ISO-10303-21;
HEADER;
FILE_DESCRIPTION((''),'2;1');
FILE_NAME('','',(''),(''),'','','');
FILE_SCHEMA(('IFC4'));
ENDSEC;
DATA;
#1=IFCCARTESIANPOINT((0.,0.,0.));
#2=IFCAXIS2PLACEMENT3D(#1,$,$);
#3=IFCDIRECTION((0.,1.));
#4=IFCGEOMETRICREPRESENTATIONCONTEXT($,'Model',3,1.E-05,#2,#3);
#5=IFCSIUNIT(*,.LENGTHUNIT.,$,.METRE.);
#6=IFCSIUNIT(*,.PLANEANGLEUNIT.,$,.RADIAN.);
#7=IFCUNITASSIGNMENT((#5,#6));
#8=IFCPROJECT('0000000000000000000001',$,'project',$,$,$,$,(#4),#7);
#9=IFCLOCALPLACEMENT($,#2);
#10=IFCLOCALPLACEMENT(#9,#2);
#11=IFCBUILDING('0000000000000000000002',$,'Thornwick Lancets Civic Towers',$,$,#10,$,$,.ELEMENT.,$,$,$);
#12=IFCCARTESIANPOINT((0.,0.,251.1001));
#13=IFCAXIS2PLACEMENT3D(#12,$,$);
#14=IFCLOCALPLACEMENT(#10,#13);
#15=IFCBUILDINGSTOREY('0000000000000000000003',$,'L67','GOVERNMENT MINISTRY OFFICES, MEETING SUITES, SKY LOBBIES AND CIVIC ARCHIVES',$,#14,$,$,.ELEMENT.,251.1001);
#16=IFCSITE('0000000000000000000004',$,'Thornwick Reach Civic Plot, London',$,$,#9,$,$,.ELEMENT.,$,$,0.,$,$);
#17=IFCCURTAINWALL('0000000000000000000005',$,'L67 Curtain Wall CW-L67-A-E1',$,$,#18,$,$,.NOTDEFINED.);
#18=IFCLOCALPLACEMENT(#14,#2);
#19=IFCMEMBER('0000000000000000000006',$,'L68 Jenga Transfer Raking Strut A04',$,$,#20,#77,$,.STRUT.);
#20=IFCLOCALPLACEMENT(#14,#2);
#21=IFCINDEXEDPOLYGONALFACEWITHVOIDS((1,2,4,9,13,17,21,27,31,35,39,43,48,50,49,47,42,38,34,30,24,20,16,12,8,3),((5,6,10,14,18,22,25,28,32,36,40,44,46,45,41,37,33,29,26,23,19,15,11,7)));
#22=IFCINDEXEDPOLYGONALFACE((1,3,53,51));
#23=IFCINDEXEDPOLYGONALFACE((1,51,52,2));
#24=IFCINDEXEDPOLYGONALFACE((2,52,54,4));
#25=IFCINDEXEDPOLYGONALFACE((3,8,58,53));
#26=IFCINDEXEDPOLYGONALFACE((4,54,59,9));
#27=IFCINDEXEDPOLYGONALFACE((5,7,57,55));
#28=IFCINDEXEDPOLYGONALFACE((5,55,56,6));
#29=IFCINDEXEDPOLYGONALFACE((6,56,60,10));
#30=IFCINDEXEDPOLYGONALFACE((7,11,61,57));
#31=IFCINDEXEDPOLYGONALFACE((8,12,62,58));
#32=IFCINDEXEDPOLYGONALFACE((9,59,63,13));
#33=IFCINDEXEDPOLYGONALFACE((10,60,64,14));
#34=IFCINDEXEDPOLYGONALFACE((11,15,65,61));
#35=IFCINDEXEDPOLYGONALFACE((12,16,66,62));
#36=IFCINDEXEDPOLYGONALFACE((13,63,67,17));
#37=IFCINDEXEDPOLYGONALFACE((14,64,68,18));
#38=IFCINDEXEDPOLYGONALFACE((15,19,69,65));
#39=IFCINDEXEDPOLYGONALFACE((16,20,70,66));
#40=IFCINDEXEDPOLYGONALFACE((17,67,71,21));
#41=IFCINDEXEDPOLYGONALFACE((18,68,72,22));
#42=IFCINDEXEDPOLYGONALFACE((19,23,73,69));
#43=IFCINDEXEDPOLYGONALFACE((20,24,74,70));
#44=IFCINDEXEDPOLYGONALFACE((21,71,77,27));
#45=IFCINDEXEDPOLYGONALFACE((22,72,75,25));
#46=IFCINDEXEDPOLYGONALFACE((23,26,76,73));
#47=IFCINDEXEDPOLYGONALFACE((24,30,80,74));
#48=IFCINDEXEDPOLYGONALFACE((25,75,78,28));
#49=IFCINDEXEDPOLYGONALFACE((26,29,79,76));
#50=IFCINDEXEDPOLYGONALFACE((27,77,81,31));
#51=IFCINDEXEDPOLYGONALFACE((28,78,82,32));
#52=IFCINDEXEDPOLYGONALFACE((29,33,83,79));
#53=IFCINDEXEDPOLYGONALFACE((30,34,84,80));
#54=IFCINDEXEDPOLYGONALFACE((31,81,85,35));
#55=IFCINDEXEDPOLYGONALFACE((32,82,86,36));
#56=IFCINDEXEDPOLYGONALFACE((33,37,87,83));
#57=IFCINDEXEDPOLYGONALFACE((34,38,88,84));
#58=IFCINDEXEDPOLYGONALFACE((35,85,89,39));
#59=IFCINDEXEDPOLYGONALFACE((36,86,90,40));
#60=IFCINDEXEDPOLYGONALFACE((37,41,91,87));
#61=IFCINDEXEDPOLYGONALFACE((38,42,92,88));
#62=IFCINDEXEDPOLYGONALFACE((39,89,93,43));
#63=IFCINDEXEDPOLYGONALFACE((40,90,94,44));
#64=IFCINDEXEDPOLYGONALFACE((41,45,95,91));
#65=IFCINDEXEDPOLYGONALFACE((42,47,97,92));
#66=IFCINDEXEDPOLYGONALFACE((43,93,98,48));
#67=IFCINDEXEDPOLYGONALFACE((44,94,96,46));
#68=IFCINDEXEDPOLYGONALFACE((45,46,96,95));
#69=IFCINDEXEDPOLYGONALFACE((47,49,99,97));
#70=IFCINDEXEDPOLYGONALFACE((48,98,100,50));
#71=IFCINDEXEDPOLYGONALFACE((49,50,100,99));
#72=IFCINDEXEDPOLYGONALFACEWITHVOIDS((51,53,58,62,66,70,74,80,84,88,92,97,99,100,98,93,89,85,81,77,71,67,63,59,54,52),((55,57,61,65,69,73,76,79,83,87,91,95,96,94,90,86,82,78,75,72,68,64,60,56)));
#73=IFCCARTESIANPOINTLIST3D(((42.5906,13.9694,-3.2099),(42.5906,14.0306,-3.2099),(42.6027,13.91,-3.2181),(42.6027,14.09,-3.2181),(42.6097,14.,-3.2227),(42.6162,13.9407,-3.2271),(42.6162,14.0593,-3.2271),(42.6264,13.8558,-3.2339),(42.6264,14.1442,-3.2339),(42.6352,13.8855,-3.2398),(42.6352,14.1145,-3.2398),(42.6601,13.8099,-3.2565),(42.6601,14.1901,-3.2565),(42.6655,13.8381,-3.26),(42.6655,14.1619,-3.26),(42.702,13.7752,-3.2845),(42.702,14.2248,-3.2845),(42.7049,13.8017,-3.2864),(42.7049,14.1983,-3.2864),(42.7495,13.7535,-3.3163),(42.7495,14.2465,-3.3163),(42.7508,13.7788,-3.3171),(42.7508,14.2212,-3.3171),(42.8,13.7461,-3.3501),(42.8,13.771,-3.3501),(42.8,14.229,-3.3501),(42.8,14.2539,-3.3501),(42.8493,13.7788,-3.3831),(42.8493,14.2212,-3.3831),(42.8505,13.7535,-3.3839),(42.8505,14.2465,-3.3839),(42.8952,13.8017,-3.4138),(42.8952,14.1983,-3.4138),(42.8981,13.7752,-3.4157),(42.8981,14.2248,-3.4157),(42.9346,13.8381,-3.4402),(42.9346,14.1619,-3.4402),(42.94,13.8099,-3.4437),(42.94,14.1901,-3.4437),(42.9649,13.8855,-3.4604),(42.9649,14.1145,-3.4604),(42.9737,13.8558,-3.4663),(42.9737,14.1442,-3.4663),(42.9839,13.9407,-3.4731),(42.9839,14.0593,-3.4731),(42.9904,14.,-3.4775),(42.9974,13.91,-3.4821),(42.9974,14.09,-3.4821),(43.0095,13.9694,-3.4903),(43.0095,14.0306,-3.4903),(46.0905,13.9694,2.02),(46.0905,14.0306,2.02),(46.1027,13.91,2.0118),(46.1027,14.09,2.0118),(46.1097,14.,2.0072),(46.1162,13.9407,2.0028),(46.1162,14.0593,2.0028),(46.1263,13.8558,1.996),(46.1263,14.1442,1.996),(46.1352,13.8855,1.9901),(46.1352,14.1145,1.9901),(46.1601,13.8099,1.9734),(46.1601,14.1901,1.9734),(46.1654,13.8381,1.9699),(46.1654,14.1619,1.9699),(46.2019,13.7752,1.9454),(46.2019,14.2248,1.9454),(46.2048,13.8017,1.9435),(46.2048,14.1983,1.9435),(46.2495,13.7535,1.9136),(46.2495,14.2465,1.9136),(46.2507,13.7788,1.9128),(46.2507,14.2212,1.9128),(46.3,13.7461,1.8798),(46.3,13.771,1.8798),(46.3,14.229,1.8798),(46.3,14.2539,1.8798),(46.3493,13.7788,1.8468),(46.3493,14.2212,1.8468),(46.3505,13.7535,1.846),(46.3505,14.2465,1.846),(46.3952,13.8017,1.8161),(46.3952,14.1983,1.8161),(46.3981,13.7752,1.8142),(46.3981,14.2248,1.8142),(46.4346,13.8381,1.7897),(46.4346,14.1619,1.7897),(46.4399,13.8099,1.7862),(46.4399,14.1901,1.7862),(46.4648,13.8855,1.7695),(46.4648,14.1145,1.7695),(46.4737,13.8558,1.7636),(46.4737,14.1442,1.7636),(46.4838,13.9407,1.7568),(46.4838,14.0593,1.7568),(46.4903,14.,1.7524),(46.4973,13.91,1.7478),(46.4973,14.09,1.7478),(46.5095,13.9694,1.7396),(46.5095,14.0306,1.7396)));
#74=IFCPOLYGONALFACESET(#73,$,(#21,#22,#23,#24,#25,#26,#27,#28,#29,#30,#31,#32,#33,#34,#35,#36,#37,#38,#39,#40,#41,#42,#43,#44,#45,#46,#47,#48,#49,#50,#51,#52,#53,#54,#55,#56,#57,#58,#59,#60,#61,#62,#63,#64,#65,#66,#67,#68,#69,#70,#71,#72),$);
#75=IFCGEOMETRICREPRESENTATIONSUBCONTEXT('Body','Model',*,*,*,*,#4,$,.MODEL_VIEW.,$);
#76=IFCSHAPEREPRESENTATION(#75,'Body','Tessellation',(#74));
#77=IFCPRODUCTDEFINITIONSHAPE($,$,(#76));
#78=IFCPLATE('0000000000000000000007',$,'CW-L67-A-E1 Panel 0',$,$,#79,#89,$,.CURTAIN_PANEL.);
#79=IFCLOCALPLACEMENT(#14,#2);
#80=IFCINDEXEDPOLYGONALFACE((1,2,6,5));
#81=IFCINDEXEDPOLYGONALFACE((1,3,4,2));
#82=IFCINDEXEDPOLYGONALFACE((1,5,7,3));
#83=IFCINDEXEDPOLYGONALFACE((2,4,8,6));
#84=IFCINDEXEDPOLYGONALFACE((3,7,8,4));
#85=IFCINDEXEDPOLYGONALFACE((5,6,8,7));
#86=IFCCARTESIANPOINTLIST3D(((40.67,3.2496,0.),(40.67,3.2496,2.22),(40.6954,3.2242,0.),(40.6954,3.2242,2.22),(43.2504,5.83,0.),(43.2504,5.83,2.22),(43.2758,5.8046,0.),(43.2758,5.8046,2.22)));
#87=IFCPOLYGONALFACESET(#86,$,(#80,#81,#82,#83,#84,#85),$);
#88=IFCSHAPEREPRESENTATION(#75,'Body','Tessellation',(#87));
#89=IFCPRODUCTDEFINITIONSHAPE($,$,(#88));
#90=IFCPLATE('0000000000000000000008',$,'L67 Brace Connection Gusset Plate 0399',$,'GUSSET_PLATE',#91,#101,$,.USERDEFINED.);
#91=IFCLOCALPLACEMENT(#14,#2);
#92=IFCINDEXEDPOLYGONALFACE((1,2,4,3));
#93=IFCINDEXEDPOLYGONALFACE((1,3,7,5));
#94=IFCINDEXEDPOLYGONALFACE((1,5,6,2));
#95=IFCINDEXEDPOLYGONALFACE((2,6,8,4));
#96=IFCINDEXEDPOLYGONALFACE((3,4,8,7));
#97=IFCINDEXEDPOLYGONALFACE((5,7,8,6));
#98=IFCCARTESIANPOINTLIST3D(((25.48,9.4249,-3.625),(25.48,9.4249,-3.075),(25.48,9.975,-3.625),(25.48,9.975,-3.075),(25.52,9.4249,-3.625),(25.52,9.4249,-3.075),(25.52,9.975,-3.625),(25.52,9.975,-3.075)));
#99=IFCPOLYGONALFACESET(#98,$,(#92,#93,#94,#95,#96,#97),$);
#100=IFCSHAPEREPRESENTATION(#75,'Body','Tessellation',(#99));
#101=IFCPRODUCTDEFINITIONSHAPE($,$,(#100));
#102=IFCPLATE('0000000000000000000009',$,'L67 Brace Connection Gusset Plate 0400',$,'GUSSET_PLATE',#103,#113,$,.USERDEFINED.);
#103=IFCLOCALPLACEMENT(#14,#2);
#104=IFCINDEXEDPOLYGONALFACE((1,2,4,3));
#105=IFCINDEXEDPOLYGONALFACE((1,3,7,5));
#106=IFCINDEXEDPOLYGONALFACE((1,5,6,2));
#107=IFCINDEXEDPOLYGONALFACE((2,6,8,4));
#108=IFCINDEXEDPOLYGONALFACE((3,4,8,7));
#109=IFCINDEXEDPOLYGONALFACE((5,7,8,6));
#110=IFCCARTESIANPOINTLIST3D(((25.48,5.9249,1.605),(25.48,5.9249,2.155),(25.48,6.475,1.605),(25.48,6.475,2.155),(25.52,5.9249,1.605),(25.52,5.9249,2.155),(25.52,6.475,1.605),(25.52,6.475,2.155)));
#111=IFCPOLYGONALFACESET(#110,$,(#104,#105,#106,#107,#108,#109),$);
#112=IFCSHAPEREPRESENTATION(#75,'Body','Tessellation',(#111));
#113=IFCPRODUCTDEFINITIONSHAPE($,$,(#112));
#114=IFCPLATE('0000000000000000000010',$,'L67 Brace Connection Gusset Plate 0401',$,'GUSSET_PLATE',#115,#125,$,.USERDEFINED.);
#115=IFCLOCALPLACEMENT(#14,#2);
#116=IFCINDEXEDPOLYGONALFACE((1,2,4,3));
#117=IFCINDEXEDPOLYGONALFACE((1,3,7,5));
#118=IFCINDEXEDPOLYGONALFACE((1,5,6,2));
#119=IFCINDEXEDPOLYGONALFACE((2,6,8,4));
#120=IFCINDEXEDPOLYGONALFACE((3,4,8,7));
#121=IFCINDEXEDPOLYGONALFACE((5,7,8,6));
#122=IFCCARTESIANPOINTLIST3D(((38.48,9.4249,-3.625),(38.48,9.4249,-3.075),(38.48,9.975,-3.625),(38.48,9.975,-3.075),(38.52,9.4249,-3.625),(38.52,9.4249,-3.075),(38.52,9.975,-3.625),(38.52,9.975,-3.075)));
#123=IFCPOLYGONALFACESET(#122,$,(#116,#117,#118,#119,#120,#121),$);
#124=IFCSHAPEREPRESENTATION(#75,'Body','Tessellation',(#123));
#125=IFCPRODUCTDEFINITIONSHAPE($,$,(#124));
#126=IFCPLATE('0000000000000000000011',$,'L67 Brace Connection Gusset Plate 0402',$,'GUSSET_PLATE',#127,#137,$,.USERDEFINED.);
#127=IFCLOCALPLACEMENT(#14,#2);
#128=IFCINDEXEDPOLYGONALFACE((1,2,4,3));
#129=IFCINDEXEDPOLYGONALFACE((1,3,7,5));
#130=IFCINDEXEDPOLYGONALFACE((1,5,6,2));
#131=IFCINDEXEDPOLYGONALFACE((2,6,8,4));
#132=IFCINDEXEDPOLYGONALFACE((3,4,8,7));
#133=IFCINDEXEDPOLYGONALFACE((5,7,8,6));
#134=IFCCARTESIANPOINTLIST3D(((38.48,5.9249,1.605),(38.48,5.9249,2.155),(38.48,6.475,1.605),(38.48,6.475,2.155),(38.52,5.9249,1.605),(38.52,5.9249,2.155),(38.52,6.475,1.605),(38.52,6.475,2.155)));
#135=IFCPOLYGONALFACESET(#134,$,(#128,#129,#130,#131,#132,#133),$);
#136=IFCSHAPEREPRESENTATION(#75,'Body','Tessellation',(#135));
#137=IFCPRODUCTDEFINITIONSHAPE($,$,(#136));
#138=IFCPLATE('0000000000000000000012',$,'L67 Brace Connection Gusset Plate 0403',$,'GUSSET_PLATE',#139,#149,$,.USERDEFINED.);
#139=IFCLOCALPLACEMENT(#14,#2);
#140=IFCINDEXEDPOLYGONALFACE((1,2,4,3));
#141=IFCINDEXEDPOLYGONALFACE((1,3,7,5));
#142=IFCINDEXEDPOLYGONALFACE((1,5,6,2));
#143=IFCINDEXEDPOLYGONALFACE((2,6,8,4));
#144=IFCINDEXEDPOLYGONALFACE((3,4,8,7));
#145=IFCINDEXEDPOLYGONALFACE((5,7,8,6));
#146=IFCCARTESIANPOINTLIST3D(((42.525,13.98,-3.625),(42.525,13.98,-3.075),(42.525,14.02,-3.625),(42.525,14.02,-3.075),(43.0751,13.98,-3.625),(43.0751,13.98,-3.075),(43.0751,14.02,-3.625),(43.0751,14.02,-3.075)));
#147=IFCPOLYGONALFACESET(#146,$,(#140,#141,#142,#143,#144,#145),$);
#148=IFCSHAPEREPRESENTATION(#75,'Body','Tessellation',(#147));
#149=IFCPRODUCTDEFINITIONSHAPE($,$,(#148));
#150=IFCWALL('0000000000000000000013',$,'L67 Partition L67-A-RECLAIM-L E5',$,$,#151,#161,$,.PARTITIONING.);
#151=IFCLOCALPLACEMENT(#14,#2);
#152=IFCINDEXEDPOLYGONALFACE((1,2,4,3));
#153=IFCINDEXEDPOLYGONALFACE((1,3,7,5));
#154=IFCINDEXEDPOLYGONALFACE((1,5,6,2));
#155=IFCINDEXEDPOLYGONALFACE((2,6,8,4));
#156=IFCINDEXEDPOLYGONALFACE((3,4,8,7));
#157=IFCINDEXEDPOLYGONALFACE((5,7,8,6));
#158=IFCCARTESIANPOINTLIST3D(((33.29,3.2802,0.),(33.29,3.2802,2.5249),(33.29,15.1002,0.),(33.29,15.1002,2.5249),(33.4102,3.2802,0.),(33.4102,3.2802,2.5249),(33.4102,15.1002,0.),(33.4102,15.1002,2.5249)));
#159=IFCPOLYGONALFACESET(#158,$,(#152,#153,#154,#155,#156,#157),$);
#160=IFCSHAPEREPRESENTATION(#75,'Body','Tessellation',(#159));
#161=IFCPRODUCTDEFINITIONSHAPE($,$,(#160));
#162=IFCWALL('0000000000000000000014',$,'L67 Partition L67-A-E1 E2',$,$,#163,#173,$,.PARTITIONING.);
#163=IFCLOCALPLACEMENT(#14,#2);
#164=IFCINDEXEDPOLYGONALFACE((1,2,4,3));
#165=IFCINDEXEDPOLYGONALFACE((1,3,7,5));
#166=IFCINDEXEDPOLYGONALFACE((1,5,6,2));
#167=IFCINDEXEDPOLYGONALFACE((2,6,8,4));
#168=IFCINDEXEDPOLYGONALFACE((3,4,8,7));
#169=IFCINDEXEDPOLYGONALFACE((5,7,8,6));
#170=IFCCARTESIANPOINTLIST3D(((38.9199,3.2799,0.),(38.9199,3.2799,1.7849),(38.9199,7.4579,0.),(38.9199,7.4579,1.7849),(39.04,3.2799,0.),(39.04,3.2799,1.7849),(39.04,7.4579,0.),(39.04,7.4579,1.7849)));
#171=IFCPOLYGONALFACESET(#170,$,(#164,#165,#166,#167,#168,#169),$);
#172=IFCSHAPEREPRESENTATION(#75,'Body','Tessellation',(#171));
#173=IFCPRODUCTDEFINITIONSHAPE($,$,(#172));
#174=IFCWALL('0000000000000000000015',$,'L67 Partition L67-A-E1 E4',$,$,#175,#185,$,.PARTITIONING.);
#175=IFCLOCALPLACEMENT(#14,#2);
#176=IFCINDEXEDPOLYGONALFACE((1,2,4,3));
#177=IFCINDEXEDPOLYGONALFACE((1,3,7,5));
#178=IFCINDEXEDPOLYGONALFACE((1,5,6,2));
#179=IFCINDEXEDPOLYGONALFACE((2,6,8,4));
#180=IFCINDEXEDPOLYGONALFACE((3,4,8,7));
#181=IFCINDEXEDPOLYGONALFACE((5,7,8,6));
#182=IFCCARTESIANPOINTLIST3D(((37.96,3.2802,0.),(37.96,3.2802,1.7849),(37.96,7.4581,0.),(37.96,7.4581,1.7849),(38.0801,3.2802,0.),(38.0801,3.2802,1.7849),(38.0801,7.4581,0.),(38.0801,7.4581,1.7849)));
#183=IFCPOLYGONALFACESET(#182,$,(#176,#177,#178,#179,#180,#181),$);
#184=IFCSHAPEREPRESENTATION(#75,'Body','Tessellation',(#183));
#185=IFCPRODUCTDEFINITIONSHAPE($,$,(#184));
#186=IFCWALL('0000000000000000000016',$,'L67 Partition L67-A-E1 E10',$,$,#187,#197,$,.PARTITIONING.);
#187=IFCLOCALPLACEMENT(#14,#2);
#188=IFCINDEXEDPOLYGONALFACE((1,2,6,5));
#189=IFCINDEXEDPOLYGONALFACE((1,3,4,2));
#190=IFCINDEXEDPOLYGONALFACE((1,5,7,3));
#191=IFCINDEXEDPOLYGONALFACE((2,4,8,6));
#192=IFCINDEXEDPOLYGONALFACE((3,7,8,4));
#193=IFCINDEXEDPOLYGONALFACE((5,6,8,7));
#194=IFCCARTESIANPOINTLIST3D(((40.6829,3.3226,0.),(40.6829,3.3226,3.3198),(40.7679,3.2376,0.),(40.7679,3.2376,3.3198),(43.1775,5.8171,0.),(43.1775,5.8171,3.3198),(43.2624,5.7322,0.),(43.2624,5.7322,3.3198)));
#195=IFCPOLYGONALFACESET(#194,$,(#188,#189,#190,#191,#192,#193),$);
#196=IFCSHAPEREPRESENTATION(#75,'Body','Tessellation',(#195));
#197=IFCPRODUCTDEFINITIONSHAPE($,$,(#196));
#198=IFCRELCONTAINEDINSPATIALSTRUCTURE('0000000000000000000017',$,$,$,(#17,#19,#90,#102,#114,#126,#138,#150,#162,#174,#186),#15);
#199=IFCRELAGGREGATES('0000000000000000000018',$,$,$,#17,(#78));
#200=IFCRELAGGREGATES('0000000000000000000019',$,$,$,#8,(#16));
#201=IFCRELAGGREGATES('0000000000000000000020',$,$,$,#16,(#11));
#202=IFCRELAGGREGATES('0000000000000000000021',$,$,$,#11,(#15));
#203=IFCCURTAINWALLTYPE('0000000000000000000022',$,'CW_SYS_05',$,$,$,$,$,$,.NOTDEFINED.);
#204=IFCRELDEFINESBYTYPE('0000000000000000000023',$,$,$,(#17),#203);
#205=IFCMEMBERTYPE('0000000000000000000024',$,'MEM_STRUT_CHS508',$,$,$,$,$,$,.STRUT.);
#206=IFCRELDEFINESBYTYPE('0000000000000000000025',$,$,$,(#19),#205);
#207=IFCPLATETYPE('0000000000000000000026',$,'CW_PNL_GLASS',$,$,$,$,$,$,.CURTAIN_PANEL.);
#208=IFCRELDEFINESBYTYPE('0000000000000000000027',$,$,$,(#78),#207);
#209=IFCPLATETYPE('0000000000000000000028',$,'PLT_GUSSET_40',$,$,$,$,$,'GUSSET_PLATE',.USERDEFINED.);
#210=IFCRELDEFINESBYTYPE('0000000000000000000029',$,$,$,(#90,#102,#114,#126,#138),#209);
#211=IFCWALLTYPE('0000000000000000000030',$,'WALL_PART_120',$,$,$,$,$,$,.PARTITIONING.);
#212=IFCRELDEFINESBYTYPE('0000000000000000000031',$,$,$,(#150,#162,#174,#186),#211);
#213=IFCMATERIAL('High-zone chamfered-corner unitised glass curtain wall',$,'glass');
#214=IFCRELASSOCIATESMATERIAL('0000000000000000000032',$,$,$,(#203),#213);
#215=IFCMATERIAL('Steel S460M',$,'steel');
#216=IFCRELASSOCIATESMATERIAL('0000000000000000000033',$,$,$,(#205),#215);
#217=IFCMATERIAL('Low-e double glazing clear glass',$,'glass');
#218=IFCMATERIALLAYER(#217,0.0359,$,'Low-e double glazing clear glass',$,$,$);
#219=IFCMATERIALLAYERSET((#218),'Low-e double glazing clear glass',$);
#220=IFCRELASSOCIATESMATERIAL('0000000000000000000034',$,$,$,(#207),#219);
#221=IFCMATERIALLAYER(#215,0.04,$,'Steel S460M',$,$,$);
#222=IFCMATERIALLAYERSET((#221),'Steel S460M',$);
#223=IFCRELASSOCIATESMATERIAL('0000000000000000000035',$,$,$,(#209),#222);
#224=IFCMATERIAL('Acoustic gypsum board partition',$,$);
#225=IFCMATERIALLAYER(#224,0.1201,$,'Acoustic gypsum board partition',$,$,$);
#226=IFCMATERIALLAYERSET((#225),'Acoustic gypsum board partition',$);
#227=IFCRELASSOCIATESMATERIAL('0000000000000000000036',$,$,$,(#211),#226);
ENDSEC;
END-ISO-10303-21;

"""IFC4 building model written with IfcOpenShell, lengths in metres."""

from ifc_helpers import new_model, si_unit, direction, frame, frame_2d, origin, origin_2d, place, context, subcontext, project, spatial, rectangle, hollow_circle, extrude, material, layer, layer_set, material_profile, profile_set, type_object, element, aggregate, save


model = new_model("IFC4")

# Units and contexts
model_context = context("Model", 3, precision=1e-05, world=origin(), true_north=direction((0.0, 1.0)))
body_context = subcontext(model_context, "Body", "Model", "MODEL_VIEW")
ifc_project = project(units=[si_unit("LENGTHUNIT", "METRE"), si_unit("PLANEANGLEUNIT", "RADIAN")], contexts=[model_context])

# Site, building, storey
site_placement = place(None, origin())
site = spatial("IfcSite", under=ifc_project, at=site_placement, Name="Thornwick Reach Civic Plot, London", CompositionType="ELEMENT", RefElevation=0.0)
building_placement = place(site_placement, origin())
building = spatial("IfcBuilding", under=site, at=building_placement, Name="Thornwick Lancets Civic Towers", CompositionType="ELEMENT")
storey_placement = place(building_placement, frame((0.0, 0.0, 251.1001)))
storey = spatial("IfcBuildingStorey", under=building, at=storey_placement, Name="L67", Description="GOVERNMENT MINISTRY OFFICES, MEETING SUITES, SKY LOBBIES AND CIVIC ARCHIVES", CompositionType="ELEMENT", Elevation=251.1001)

# Curtain wall
ifc_material_1 = material(Name="High-zone chamfered-corner unitised glass curtain wall", Category="glass")
curtain_wall_type = type_object("IfcCurtainWallType", Name="CW_SYS_05", PredefinedType="NOTDEFINED", material=ifc_material_1)
curtain_wall_placement = place(storey_placement, origin())
curtain_wall = element("IfcCurtainWall", 1, at=curtain_wall_placement, inside=storey, type_object=curtain_wall_type, Name="L67 Curtain Wall CW-L67-A-E1", PredefinedType="NOTDEFINED")

# Member
ifc_material_2 = material(Name="Steel S460M", Category="steel")
ifc_material_profile_1 = material_profile(ifc_material_2, hollow_circle(Radius=0.2539, WallThickness=0.0249, at=origin_2d()), Name="CHS 508x25")
ifc_profile_set_1 = profile_set([ifc_material_profile_1], Name="Steel S460M")
member_type_1 = type_object("IfcMemberType", Name="MEM_STRUT_CHS508", PredefinedType="STRUT", material=ifc_profile_set_1)
for number, where, z_axis, x_axis, name in (
    (2, (42.8, 14.0, -3.3501), (0.556168, 0.0, 0.83107), (0.0, 1.0, 0.0), "L68 Jenga Transfer Raking Strut A04"),
):
    element("IfcMember", number, at=place(storey_placement, frame(where, z_axis=z_axis, x_axis=x_axis)), inside=storey, type_object=member_type_1, Name=name, PredefinedType="STRUT", context=body_context, shape_type="SweptSolid", body=[
        extrude(hollow_circle(Radius=0.2539, WallThickness=0.0249, at=origin_2d()), origin(), (0.0, 0.0, 1.0), 6.293),
    ])

# Plate
ifc_material_3 = material(Name="Low-e double glazing clear glass", Category="glass")
ifc_layer_1 = layer(ifc_material_3, 0.0359, Name="Low-e double glazing clear glass")
ifc_layer_set_1 = layer_set([ifc_layer_1], Name="Low-e double glazing clear glass")
plate_type_1 = type_object("IfcPlateType", Name="CW_PNL_GLASS", PredefinedType="CURTAIN_PANEL", material=ifc_layer_set_1)
plate_placement = place(storey_placement, frame((41.9729, 4.5271, 0.0), z_axis=(0.0, 0.0, 1.0), x_axis=(0.707107, 0.707107, 0.0)))
plate = element("IfcPlate", 3, at=plate_placement, type_object=plate_type_1, Name="CW-L67-A-E1 Panel 0", PredefinedType="CURTAIN_PANEL", context=body_context, shape_type="SweptSolid", body=[
    extrude(rectangle(XDim=3.6492, YDim=0.0359, at=origin_2d()), origin(), (0.0, 0.0, 1.0), 2.22),
])
aggregate(curtain_wall, [plate])

# Plates
ifc_layer_2 = layer(ifc_material_2, 0.04, Name="Steel S460M")
ifc_layer_set_2 = layer_set([ifc_layer_2], Name="Steel S460M")
plate_type_2 = type_object("IfcPlateType", Name="PLT_GUSSET_40", ElementType="GUSSET_PLATE", PredefinedType="USERDEFINED", material=ifc_layer_set_2)
for number, where, z_axis, x_axis, name in (
    (4, (25.5, 9.7, -3.625), (0.0, 0.0, 1.0), (0.0, -1.0, 0.0), "L67 Brace Connection Gusset Plate 0399"),
    (5, (25.5, 6.2, 1.605), (0.0, 0.0, 1.0), (0.0, -1.0, 0.0), "L67 Brace Connection Gusset Plate 0400"),
    (6, (38.5, 9.7, -3.625), (0.0, 0.0, 1.0), (0.0, -1.0, 0.0), "L67 Brace Connection Gusset Plate 0401"),
    (7, (38.5, 6.2, 1.605), (0.0, 0.0, 1.0), (0.0, -1.0, 0.0), "L67 Brace Connection Gusset Plate 0402"),
    (8, (42.8, 14.0, -3.625), (0.0, 0.0, 1.0), (1.0, 0.0, 0.0), "L67 Brace Connection Gusset Plate 0403"),
):
    element("IfcPlate", number, at=place(storey_placement, frame(where, z_axis=z_axis, x_axis=x_axis)), inside=storey, type_object=plate_type_2, Name=name, ObjectType="GUSSET_PLATE", PredefinedType="USERDEFINED", context=body_context, shape_type="SweptSolid", body=[
        extrude(rectangle(XDim=0.55, YDim=0.04, at=origin_2d()), origin(), (0.0, 0.0, 1.0), 0.55),
    ])

# Walls
ifc_material_4 = material(Name="Acoustic gypsum board partition")
ifc_layer_3 = layer(ifc_material_4, 0.1201, Name="Acoustic gypsum board partition")
ifc_layer_set_3 = layer_set([ifc_layer_3], Name="Acoustic gypsum board partition")
wall_type = type_object("IfcWallType", Name="WALL_PART_120", PredefinedType="PARTITIONING", material=ifc_layer_set_3)
wall_1_placement = place(storey_placement, frame((33.3501, 3.28, 0.0), z_axis=(0.0, 0.0, 1.0), x_axis=(0.0, 1.0, 0.0)))
element("IfcWall", 9, at=wall_1_placement, inside=storey, type_object=wall_type, Name="L67 Partition L67-A-RECLAIM-L E5", PredefinedType="PARTITIONING", context=body_context, shape_type="SweptSolid", body=[
    extrude(rectangle(XDim=11.8201, YDim=0.1201, at=frame_2d((5.9102, 0.0))), origin(), (0.0, 0.0, 1.0), 2.5249),
])
for number, where, z_axis, x_axis, name in (
    (10, (38.98, 3.28, 0.0), (0.0, 0.0, 1.0), (0.0, 1.0, 0.0), "L67 Partition L67-A-E1 E2"),
    (11, (38.02, 7.458, 0.0), (0.0, 0.0, 1.0), (0.0, -1.0, 0.0), "L67 Partition L67-A-E1 E4"),
):
    element("IfcWall", number, at=place(storey_placement, frame(where, z_axis=z_axis, x_axis=x_axis)), inside=storey, type_object=wall_type, Name=name, PredefinedType="PARTITIONING", context=body_context, shape_type="SweptSolid", body=[
        extrude(rectangle(XDim=4.178, YDim=0.1201, at=frame_2d((2.0889, 0.0))), origin(), (0.0, 0.0, 1.0), 1.7849),
    ])
wall_2_placement = place(storey_placement, frame((43.22, 5.7747, 0.0), z_axis=(0.0, 0.0, 1.0), x_axis=(-0.707107, -0.707107, 0.0)))
element("IfcWall", 12, at=wall_2_placement, inside=storey, type_object=wall_type, Name="L67 Partition L67-A-E1 E10", PredefinedType="PARTITIONING", context=body_context, shape_type="SweptSolid", body=[
    extrude(rectangle(XDim=3.5278, YDim=0.1201, at=frame_2d((1.7639, 0.0))), origin(), (0.0, 0.0, 1.0), 3.3198),
])

save(model, "model.ifc")
